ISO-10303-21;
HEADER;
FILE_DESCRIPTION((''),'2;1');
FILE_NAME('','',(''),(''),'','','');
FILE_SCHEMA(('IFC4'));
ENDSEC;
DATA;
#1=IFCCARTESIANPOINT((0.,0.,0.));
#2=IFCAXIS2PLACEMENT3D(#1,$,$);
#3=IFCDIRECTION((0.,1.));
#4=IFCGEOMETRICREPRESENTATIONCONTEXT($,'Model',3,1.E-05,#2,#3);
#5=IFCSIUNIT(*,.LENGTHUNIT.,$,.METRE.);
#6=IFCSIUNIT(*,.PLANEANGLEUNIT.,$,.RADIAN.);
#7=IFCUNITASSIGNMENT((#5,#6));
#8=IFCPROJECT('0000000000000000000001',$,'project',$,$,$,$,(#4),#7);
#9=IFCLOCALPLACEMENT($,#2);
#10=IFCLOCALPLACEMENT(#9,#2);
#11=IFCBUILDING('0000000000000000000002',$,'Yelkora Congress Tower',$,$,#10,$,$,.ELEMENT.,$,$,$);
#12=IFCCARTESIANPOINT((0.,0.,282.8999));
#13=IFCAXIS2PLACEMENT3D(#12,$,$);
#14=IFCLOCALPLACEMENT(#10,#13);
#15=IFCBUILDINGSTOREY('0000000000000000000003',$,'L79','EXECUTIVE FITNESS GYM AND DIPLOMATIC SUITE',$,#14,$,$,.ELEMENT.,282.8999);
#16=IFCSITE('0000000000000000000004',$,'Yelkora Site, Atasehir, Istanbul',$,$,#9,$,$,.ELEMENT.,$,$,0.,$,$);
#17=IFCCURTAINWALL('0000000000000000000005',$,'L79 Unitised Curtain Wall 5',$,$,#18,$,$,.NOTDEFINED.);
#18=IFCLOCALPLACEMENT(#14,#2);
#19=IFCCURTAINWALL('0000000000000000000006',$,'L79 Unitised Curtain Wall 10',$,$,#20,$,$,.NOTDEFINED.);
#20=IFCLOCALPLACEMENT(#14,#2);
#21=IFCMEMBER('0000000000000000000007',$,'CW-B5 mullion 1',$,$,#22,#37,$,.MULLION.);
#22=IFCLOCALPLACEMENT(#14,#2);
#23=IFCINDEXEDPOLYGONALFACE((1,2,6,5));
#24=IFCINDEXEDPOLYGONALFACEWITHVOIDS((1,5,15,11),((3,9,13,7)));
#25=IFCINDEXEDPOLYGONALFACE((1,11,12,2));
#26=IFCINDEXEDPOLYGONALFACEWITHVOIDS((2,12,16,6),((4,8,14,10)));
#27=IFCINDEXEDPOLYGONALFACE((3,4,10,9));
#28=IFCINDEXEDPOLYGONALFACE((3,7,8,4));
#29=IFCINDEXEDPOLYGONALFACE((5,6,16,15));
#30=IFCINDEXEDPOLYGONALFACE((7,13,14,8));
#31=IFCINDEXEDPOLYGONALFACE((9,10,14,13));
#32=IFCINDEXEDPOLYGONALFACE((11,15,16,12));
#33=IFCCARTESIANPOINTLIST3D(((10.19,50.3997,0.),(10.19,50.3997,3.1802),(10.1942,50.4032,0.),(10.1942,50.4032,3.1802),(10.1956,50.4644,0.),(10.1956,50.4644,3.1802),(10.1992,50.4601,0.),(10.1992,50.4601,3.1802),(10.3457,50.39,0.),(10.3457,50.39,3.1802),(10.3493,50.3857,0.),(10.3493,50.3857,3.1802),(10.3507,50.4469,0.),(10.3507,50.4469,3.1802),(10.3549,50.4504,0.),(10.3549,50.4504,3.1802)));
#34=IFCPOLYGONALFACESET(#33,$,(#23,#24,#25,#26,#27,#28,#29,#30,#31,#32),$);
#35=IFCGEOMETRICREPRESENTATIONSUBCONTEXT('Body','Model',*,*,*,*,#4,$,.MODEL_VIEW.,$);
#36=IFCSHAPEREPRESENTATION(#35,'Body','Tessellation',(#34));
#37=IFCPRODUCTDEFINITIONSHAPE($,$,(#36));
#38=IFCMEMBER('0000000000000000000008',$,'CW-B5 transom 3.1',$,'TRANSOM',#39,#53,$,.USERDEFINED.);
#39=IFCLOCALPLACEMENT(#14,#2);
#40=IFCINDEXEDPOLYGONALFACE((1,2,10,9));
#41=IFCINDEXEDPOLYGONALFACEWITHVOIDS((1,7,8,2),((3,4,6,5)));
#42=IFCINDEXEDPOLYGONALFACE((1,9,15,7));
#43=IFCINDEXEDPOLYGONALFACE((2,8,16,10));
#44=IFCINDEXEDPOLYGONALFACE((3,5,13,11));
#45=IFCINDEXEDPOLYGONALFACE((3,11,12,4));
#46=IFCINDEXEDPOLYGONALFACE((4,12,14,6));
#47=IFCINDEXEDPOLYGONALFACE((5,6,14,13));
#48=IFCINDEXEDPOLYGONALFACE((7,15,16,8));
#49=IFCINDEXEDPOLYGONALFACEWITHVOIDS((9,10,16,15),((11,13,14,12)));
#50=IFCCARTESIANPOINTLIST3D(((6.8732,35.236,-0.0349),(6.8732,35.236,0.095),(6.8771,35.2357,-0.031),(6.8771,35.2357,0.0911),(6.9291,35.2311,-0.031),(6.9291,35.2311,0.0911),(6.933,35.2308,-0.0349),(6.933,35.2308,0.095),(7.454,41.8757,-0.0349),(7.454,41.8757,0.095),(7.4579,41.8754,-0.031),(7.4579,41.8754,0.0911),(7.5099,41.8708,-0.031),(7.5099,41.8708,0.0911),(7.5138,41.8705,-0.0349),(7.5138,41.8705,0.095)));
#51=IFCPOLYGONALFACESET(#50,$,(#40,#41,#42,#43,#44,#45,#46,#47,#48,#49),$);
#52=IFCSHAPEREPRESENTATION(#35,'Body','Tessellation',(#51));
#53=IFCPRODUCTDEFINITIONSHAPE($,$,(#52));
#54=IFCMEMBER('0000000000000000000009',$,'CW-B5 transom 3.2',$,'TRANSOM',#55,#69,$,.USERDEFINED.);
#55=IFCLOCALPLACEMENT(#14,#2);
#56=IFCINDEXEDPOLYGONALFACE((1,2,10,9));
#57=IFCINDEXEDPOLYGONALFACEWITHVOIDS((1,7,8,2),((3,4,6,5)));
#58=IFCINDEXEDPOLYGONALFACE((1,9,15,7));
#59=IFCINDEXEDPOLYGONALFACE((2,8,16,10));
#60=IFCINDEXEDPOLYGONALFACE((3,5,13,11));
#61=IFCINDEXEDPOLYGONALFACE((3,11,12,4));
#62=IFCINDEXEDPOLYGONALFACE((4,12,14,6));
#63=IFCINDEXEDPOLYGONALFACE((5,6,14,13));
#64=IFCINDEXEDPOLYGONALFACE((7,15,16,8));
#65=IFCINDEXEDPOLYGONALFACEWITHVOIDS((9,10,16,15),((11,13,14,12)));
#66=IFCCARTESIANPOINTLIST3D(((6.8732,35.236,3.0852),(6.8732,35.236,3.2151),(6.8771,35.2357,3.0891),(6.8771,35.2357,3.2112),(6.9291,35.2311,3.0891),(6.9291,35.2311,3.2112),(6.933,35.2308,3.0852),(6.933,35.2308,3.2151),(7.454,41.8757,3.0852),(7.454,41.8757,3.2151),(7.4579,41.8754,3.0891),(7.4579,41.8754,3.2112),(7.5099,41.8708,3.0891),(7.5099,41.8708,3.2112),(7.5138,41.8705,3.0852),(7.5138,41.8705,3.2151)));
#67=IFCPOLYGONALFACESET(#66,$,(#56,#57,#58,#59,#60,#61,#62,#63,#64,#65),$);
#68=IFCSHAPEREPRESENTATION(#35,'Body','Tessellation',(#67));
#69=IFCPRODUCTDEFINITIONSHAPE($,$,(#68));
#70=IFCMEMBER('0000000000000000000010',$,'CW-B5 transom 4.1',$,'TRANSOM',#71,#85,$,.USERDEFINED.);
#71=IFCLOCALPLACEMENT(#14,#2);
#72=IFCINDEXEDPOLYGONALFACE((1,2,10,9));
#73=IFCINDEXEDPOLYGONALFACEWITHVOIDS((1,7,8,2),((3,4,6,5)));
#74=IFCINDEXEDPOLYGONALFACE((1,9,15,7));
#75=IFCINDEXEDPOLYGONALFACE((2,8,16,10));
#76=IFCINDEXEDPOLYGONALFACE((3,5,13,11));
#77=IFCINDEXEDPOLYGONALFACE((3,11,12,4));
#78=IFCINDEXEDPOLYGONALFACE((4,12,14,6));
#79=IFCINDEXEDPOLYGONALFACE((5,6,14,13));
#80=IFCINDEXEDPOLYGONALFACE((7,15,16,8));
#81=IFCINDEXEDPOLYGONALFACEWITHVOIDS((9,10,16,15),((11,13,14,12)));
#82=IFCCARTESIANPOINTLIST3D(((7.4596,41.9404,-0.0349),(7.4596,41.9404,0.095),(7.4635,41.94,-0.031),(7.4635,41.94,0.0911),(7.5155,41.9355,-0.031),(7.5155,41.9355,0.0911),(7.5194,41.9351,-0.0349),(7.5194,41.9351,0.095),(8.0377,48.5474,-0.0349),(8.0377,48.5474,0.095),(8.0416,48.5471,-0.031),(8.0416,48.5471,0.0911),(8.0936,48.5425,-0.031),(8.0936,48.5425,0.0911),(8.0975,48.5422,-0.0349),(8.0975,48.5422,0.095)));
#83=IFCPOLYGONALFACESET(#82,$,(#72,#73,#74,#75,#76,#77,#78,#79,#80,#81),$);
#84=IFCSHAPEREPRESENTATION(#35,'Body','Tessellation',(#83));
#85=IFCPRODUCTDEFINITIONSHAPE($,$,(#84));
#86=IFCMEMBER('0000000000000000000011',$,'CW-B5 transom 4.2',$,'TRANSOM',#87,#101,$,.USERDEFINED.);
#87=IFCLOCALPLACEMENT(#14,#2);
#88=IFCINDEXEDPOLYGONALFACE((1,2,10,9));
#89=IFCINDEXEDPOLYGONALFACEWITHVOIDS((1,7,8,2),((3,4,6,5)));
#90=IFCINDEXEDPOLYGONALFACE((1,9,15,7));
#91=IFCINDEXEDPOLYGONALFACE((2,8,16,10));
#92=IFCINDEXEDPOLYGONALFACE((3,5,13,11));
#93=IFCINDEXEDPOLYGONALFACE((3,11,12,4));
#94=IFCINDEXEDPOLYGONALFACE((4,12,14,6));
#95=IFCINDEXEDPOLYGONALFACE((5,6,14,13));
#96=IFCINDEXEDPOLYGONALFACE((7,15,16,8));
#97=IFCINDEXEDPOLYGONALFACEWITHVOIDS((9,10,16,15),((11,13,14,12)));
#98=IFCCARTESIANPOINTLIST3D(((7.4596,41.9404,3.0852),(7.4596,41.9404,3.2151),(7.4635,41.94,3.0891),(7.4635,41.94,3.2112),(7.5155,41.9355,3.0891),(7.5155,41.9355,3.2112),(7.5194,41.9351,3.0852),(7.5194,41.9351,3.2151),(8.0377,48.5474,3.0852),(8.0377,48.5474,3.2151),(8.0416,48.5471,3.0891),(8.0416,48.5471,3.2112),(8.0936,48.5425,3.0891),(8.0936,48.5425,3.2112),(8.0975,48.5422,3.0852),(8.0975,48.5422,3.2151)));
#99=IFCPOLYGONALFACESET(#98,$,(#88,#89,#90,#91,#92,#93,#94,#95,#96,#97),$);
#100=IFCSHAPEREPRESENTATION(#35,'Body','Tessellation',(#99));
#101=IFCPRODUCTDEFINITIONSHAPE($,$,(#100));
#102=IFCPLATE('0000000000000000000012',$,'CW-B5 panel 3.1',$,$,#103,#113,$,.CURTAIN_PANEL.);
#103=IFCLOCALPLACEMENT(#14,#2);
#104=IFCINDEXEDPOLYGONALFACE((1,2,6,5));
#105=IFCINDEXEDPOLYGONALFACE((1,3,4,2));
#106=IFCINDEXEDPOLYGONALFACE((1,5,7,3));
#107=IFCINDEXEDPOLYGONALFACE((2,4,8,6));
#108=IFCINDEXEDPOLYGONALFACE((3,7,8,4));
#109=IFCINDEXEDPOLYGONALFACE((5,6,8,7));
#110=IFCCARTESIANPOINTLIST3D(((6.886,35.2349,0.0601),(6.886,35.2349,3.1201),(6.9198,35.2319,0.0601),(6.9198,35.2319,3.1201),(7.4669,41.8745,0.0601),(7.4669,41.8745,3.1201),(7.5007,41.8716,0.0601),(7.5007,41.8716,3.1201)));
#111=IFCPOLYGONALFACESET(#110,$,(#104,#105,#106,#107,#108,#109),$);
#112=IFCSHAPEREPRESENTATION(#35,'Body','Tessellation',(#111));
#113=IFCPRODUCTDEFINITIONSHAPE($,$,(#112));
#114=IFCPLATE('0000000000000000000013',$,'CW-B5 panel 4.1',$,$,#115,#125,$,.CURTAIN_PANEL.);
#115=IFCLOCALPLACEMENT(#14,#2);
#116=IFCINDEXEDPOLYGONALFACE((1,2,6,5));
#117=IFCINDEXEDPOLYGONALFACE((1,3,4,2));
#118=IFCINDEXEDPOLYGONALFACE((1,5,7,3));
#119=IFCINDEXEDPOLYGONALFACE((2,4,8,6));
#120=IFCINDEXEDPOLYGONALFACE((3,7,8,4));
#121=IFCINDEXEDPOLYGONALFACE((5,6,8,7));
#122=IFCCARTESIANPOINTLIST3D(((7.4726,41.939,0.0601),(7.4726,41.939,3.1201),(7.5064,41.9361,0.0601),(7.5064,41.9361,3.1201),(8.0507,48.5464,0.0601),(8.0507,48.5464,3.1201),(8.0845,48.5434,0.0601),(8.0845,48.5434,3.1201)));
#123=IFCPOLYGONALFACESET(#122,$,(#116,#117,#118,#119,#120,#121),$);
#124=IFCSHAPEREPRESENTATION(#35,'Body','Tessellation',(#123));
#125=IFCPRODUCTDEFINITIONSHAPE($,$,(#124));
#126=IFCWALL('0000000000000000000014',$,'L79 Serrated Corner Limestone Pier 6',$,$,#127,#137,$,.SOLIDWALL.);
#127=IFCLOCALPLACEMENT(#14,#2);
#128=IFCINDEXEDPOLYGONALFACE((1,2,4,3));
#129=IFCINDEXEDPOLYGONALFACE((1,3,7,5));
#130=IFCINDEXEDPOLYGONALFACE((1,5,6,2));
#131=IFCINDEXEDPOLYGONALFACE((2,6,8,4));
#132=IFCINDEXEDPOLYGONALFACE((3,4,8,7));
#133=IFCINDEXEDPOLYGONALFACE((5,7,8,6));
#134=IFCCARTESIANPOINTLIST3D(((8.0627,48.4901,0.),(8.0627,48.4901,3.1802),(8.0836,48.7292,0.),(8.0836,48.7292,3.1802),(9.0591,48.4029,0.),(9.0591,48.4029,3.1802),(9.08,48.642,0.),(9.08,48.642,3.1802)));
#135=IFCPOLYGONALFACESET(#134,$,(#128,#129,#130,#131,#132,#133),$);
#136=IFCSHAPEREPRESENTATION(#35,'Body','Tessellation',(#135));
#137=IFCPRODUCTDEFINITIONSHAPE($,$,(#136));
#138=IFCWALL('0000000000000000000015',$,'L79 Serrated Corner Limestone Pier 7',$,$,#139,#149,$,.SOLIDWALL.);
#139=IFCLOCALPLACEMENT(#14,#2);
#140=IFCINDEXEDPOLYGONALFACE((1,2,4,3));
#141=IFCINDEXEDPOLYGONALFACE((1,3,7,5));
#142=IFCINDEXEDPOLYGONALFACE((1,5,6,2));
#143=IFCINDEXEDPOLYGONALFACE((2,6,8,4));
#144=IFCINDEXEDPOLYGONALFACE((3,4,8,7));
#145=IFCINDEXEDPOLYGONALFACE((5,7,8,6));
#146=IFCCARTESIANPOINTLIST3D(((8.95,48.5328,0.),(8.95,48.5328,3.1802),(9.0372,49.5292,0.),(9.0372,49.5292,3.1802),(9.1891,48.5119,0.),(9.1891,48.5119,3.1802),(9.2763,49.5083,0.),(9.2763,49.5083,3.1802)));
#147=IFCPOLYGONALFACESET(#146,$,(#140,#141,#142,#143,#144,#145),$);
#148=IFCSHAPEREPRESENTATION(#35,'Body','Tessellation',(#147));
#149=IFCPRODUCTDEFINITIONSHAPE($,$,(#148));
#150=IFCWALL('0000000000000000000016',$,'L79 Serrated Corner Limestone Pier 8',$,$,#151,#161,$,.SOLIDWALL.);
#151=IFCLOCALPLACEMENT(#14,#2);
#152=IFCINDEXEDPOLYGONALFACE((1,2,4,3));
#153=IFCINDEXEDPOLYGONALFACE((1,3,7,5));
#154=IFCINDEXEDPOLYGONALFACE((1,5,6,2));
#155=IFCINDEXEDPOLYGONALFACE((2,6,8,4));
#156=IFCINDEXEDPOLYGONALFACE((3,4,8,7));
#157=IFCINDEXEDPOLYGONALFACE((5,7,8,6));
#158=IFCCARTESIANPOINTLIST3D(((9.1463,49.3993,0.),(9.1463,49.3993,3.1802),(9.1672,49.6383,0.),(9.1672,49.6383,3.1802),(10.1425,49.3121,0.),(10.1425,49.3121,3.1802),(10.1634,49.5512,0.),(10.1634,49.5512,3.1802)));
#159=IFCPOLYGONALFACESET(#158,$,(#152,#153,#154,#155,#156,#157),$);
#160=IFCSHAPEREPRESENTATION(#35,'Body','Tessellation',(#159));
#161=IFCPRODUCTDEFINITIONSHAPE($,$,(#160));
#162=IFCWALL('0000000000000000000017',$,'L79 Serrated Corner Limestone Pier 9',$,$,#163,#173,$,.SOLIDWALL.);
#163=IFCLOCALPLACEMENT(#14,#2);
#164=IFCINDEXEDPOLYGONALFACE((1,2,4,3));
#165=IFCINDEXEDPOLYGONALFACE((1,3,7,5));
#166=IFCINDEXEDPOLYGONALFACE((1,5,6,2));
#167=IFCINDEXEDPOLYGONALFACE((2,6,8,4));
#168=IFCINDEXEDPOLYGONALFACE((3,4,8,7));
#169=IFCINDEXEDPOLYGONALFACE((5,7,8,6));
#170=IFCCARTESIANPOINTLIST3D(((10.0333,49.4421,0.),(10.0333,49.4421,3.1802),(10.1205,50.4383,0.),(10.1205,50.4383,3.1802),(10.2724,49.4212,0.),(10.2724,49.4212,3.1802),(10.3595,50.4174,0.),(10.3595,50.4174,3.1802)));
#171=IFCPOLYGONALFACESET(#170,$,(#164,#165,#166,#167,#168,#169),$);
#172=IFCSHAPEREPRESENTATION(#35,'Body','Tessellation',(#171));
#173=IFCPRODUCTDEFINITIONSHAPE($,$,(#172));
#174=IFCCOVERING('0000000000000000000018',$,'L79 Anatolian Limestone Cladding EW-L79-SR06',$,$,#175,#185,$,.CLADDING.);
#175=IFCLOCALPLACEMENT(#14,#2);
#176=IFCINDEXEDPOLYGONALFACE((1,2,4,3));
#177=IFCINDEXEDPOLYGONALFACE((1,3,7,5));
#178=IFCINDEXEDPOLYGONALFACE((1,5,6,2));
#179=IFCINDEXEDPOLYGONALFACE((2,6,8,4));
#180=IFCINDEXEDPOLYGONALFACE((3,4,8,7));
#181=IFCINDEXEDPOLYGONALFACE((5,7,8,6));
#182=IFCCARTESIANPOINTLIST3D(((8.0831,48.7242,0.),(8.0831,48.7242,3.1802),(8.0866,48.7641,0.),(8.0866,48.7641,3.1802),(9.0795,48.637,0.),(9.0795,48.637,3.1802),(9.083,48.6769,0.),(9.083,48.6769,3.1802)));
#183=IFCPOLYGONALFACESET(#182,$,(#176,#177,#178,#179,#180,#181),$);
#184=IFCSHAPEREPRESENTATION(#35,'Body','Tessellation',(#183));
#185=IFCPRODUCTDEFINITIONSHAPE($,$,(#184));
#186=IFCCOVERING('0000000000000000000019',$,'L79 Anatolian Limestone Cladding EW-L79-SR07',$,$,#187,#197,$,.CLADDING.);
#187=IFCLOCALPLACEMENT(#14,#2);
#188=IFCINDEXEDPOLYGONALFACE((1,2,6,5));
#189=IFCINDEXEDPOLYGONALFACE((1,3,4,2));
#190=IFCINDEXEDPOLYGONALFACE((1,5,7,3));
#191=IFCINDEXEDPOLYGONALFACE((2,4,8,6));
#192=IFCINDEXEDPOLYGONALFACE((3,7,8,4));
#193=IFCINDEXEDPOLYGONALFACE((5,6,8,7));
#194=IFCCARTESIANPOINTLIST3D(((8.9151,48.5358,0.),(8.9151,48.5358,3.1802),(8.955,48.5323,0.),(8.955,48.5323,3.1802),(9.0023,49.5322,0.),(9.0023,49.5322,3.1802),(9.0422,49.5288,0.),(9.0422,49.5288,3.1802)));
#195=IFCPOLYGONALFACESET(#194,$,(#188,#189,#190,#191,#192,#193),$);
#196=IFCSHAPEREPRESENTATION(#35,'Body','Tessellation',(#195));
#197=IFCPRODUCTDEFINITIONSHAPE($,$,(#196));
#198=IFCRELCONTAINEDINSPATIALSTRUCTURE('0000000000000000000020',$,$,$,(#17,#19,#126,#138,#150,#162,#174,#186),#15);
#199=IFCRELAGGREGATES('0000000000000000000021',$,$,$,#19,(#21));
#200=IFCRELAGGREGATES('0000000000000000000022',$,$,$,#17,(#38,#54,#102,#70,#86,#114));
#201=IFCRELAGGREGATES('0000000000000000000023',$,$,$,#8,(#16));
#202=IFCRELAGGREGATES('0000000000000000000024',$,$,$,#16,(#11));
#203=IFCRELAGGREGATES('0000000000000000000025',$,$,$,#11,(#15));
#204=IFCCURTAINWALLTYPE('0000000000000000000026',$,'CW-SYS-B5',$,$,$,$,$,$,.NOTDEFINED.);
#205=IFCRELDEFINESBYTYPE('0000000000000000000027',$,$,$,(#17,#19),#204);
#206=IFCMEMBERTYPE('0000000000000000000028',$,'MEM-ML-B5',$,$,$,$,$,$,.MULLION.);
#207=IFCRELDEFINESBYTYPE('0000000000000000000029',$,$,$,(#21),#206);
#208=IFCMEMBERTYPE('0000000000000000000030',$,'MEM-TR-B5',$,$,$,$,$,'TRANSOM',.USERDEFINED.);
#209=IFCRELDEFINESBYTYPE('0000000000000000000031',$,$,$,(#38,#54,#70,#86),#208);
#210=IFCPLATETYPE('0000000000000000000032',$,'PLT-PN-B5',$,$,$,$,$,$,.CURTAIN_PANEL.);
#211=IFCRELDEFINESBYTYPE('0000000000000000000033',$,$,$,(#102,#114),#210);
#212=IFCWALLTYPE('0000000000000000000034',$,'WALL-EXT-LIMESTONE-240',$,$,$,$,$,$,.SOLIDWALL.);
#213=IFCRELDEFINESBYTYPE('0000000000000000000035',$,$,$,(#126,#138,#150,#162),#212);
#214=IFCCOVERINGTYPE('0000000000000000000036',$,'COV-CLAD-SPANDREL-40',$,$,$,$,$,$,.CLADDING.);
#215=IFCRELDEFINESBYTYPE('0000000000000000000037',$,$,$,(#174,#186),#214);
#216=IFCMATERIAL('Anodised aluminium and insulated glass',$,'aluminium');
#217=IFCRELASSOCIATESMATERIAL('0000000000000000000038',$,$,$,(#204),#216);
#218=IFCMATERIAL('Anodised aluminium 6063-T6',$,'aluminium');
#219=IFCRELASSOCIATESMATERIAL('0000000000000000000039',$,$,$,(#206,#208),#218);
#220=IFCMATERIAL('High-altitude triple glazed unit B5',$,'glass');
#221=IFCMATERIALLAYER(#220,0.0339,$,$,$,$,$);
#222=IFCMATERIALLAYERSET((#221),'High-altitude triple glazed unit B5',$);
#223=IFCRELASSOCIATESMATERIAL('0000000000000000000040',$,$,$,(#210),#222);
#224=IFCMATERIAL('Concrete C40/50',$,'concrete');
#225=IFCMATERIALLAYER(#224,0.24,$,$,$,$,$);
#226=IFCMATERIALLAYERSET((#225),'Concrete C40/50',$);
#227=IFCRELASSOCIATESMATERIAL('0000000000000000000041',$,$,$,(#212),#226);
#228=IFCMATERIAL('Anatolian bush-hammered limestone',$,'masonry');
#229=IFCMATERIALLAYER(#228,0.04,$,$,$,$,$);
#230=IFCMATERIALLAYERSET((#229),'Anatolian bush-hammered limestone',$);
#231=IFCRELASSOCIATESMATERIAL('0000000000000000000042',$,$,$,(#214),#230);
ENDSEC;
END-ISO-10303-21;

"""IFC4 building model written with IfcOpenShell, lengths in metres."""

from ifc_helpers import new_model, si_unit, direction, frame, frame_2d, origin, origin_2d, place, context, subcontext, project, spatial, rectangle, hollow_rectangle, extrude, material, layer, layer_set, material_profile, profile_set, type_object, element, aggregate, save


model = new_model("IFC4")

# Units and contexts
model_context = context("Model", 3, precision=1e-05, world=origin(), true_north=direction((0.0, 1.0)))
body_context = subcontext(model_context, "Body", "Model", "MODEL_VIEW")
ifc_project = project(units=[si_unit("LENGTHUNIT", "METRE"), si_unit("PLANEANGLEUNIT", "RADIAN")], contexts=[model_context])

# Site, building, storey
site_placement = place(None, origin())
site = spatial("IfcSite", under=ifc_project, at=site_placement, Name="Yelkora Site, Atasehir, Istanbul", CompositionType="ELEMENT", RefElevation=0.0)
building_placement = place(site_placement, origin())
building = spatial("IfcBuilding", under=site, at=building_placement, Name="Yelkora Congress Tower", CompositionType="ELEMENT")
storey_placement = place(building_placement, frame((0.0, 0.0, 282.8999)))
storey = spatial("IfcBuildingStorey", under=building, at=storey_placement, Name="L79", Description="EXECUTIVE FITNESS GYM AND DIPLOMATIC SUITE", CompositionType="ELEMENT", Elevation=282.8999)

# Curtain wall
ifc_material_1 = material(Name="Anodised aluminium and insulated glass", Category="aluminium")
curtain_wall_type = type_object("IfcCurtainWallType", Name="CW-SYS-B5", PredefinedType="NOTDEFINED", material=ifc_material_1)
curtain_wall_1_placement = place(storey_placement, origin())
curtain_wall_1 = element("IfcCurtainWall", 1, at=curtain_wall_1_placement, inside=storey, type_object=curtain_wall_type, Name="L79 Unitised Curtain Wall 5", PredefinedType="NOTDEFINED")
ifc_material_2 = material(Name="Anodised aluminium 6063-T6", Category="aluminium")
ifc_material_profile_1 = material_profile(ifc_material_2, hollow_rectangle(XDim=0.0649, YDim=0.1599, WallThickness=0.0039, at=origin_2d()), Name="ALU 65x160x4")
ifc_profile_set_1 = profile_set([ifc_material_profile_1], Name="Anodised aluminium 6063-T6")
member_type_1 = type_object("IfcMemberType", Name="MEM-ML-B5", PredefinedType="MULLION", material=ifc_profile_set_1)

# Curtain wall, member
curtain_wall_2_placement = place(storey_placement, origin())
curtain_wall_2 = element("IfcCurtainWall", 2, at=curtain_wall_2_placement, inside=storey, type_object=curtain_wall_type, Name="L79 Unitised Curtain Wall 10", PredefinedType="NOTDEFINED")
member_1_placement = place(storey_placement, frame((10.2725, 50.425, 0.0), z_axis=(0.0, 0.0, 1.0), x_axis=(0.087157, 0.996195, 0.0)))
member_1 = element("IfcMember", 3, at=member_1_placement, type_object=member_type_1, Name="CW-B5 mullion 1", PredefinedType="MULLION", context=body_context, shape_type="SweptSolid", body=[
    extrude(hollow_rectangle(XDim=0.0649, YDim=0.1599, WallThickness=0.0039, at=origin_2d()), origin(), (0.0, 0.0, 1.0), 3.1802),
])
aggregate(curtain_wall_2, [member_1])

# Members
ifc_material_profile_2 = material_profile(ifc_material_2, hollow_rectangle(XDim=0.0601, YDim=0.1299, WallThickness=0.0039, at=origin_2d()), Name="ALU 60x130x4")
ifc_profile_set_2 = profile_set([ifc_material_profile_2], Name="Anodised aluminium 6063-T6")
member_type_2 = type_object("IfcMemberType", Name="MEM-TR-B5", ElementType="TRANSOM", PredefinedType="USERDEFINED", material=ifc_profile_set_2)
member_2_placement = place(storey_placement, frame((6.9031, 35.2334, 0.03), z_axis=(0.087143, 0.996196, 0.0), x_axis=(-0.996196, 0.087143, 0.0)))
member_2 = element("IfcMember", 4, at=member_2_placement, type_object=member_type_2, Name="CW-B5 transom 3.1", ObjectType="TRANSOM", PredefinedType="USERDEFINED", context=body_context, shape_type="SweptSolid", body=[
    extrude(hollow_rectangle(XDim=0.0601, YDim=0.1299, WallThickness=0.0039, at=origin_2d()), origin(), (0.0, 0.0, 1.0), 6.665),
])
member_3_placement = place(storey_placement, frame((6.9031, 35.2334, 3.1501), z_axis=(0.087143, 0.996196, 0.0), x_axis=(-0.996196, 0.087143, 0.0)))
member_3 = element("IfcMember", 5, at=member_3_placement, type_object=member_type_2, Name="CW-B5 transom 3.2", ObjectType="TRANSOM", PredefinedType="USERDEFINED", context=body_context, shape_type="SweptSolid", body=[
    extrude(hollow_rectangle(XDim=0.0601, YDim=0.1299, WallThickness=0.0039, at=origin_2d()), origin(), (0.0, 0.0, 1.0), 6.665),
])
member_4_placement = place(storey_placement, frame((7.4895, 41.9377, 0.03), z_axis=(0.087166, 0.996194, 0.0), x_axis=(-0.996194, 0.087166, 0.0)))
member_4 = element("IfcMember", 6, at=member_4_placement, type_object=member_type_2, Name="CW-B5 transom 4.1", ObjectType="TRANSOM", PredefinedType="USERDEFINED", context=body_context, shape_type="SweptSolid", body=[
    extrude(hollow_rectangle(XDim=0.0601, YDim=0.1299, WallThickness=0.0039, at=origin_2d()), origin(), (0.0, 0.0, 1.0), 6.6323),
])
member_5_placement = place(storey_placement, frame((7.4895, 41.9377, 3.1501), z_axis=(0.087166, 0.996194, 0.0), x_axis=(-0.996194, 0.087166, 0.0)))
member_5 = element("IfcMember", 7, at=member_5_placement, type_object=member_type_2, Name="CW-B5 transom 4.2", ObjectType="TRANSOM", PredefinedType="USERDEFINED", context=body_context, shape_type="SweptSolid", body=[
    extrude(hollow_rectangle(XDim=0.0601, YDim=0.1299, WallThickness=0.0039, at=origin_2d()), origin(), (0.0, 0.0, 1.0), 6.6323),
])

# Plates
ifc_material_3 = material(Name="High-altitude triple glazed unit B5", Category="glass")
ifc_layer_1 = layer(ifc_material_3, 0.0339)
ifc_layer_set_1 = layer_set([ifc_layer_1], Name="High-altitude triple glazed unit B5")
plate_type = type_object("IfcPlateType", Name="PLT-PN-B5", PredefinedType="CURTAIN_PANEL", material=ifc_layer_set_1)
plate_1_placement = place(storey_placement, frame((7.1934, 38.5532, 0.0601), z_axis=(0.0, 0.0, 1.0), x_axis=(0.087155, 0.996195, 0.0)))
plate_1 = element("IfcPlate", 8, at=plate_1_placement, type_object=plate_type, Name="CW-B5 panel 3.1", PredefinedType="CURTAIN_PANEL", context=body_context, shape_type="SweptSolid", body=[
    extrude(rectangle(XDim=6.665, YDim=0.0339, at=origin_2d()), origin(), (0.0, 0.0, 1.0), 3.0601),
])
plate_2_placement = place(storey_placement, frame((7.7786, 45.2412, 0.0601), z_axis=(0.0, 0.0, 1.0), x_axis=(0.087155, 0.996195, 0.0)))
plate_2 = element("IfcPlate", 9, at=plate_2_placement, type_object=plate_type, Name="CW-B5 panel 4.1", PredefinedType="CURTAIN_PANEL", context=body_context, shape_type="SweptSolid", body=[
    extrude(rectangle(XDim=6.6326, YDim=0.0339, at=origin_2d()), origin(), (0.0, 0.0, 1.0), 3.0601),
])
aggregate(curtain_wall_1, [member_2, member_3, plate_1, member_4, member_5, plate_2])

# Walls
ifc_material_4 = material(Name="Concrete C40/50", Category="concrete")
ifc_layer_2 = layer(ifc_material_4, 0.24)
ifc_layer_set_2 = layer_set([ifc_layer_2], Name="Concrete C40/50")
wall_type = type_object("IfcWallType", Name="WALL-EXT-LIMESTONE-240", PredefinedType="SOLIDWALL", material=ifc_layer_set_2)
for number, where, z_axis, x_axis, name in (
    (10, (8.0732, 48.6096, 0.0), (0.0, 0.0, 1.0), (0.996196, -0.087146, 0.0), "L79 Serrated Corner Limestone Pier 6"),
    (11, (9.0696, 48.5225, 0.0), (0.0, 0.0, 1.0), (0.087146, 0.996196, 0.0), "L79 Serrated Corner Limestone Pier 7"),
):
    element("IfcWall", number, at=place(storey_placement, frame(where, z_axis=z_axis, x_axis=x_axis)), inside=storey, type_object=wall_type, Name=name, PredefinedType="SOLIDWALL", context=body_context, shape_type="SweptSolid", body=[
        extrude(rectangle(XDim=1.0002, YDim=0.24, at=frame_2d((0.5, 0.0))), origin(), (0.0, 0.0, 1.0), 3.1802),
    ])
for number, where, z_axis, x_axis, name in (
    (12, (9.1567, 49.5188, 0.0), (0.0, 0.0, 1.0), (0.996194, -0.087167, 0.0), "L79 Serrated Corner Limestone Pier 8"),
    (13, (10.1528, 49.4316, 0.0), (0.0, 0.0, 1.0), (0.087167, 0.996194, 0.0), "L79 Serrated Corner Limestone Pier 9"),
):
    element("IfcWall", number, at=place(storey_placement, frame(where, z_axis=z_axis, x_axis=x_axis)), inside=storey, type_object=wall_type, Name=name, PredefinedType="SOLIDWALL", context=body_context, shape_type="SweptSolid", body=[
        extrude(rectangle(XDim=1.0, YDim=0.24, at=frame_2d((0.5, 0.0))), origin(), (0.0, 0.0, 1.0), 3.1802),
    ])

# Coverings
ifc_material_5 = material(Name="Anatolian bush-hammered limestone", Category="masonry")
ifc_layer_3 = layer(ifc_material_5, 0.04)
ifc_layer_set_3 = layer_set([ifc_layer_3], Name="Anatolian bush-hammered limestone")
covering_type = type_object("IfcCoveringType", Name="COV-CLAD-SPANDREL-40", PredefinedType="CLADDING", material=ifc_layer_set_3)
for number, where, z_axis, x_axis, name in (
    (14, (8.085, 48.7441, 0.0), (0.0, 0.0, 1.0), (0.996196, -0.087146, 0.0), "L79 Anatolian Limestone Cladding EW-L79-SR06"),
    (15, (8.9351, 48.5342, 0.0), (0.0, 0.0, 1.0), (0.087146, 0.996196, 0.0), "L79 Anatolian Limestone Cladding EW-L79-SR07"),
):
    element("IfcCovering", number, at=place(storey_placement, frame(where, z_axis=z_axis, x_axis=x_axis)), inside=storey, type_object=covering_type, Name=name, PredefinedType="CLADDING", context=body_context, shape_type="SweptSolid", body=[
        extrude(rectangle(XDim=1.0002, YDim=0.04, at=frame_2d((0.5, 0.0))), origin(), (0.0, 0.0, 1.0), 3.1802),
    ])

save(model, "model.ifc")
